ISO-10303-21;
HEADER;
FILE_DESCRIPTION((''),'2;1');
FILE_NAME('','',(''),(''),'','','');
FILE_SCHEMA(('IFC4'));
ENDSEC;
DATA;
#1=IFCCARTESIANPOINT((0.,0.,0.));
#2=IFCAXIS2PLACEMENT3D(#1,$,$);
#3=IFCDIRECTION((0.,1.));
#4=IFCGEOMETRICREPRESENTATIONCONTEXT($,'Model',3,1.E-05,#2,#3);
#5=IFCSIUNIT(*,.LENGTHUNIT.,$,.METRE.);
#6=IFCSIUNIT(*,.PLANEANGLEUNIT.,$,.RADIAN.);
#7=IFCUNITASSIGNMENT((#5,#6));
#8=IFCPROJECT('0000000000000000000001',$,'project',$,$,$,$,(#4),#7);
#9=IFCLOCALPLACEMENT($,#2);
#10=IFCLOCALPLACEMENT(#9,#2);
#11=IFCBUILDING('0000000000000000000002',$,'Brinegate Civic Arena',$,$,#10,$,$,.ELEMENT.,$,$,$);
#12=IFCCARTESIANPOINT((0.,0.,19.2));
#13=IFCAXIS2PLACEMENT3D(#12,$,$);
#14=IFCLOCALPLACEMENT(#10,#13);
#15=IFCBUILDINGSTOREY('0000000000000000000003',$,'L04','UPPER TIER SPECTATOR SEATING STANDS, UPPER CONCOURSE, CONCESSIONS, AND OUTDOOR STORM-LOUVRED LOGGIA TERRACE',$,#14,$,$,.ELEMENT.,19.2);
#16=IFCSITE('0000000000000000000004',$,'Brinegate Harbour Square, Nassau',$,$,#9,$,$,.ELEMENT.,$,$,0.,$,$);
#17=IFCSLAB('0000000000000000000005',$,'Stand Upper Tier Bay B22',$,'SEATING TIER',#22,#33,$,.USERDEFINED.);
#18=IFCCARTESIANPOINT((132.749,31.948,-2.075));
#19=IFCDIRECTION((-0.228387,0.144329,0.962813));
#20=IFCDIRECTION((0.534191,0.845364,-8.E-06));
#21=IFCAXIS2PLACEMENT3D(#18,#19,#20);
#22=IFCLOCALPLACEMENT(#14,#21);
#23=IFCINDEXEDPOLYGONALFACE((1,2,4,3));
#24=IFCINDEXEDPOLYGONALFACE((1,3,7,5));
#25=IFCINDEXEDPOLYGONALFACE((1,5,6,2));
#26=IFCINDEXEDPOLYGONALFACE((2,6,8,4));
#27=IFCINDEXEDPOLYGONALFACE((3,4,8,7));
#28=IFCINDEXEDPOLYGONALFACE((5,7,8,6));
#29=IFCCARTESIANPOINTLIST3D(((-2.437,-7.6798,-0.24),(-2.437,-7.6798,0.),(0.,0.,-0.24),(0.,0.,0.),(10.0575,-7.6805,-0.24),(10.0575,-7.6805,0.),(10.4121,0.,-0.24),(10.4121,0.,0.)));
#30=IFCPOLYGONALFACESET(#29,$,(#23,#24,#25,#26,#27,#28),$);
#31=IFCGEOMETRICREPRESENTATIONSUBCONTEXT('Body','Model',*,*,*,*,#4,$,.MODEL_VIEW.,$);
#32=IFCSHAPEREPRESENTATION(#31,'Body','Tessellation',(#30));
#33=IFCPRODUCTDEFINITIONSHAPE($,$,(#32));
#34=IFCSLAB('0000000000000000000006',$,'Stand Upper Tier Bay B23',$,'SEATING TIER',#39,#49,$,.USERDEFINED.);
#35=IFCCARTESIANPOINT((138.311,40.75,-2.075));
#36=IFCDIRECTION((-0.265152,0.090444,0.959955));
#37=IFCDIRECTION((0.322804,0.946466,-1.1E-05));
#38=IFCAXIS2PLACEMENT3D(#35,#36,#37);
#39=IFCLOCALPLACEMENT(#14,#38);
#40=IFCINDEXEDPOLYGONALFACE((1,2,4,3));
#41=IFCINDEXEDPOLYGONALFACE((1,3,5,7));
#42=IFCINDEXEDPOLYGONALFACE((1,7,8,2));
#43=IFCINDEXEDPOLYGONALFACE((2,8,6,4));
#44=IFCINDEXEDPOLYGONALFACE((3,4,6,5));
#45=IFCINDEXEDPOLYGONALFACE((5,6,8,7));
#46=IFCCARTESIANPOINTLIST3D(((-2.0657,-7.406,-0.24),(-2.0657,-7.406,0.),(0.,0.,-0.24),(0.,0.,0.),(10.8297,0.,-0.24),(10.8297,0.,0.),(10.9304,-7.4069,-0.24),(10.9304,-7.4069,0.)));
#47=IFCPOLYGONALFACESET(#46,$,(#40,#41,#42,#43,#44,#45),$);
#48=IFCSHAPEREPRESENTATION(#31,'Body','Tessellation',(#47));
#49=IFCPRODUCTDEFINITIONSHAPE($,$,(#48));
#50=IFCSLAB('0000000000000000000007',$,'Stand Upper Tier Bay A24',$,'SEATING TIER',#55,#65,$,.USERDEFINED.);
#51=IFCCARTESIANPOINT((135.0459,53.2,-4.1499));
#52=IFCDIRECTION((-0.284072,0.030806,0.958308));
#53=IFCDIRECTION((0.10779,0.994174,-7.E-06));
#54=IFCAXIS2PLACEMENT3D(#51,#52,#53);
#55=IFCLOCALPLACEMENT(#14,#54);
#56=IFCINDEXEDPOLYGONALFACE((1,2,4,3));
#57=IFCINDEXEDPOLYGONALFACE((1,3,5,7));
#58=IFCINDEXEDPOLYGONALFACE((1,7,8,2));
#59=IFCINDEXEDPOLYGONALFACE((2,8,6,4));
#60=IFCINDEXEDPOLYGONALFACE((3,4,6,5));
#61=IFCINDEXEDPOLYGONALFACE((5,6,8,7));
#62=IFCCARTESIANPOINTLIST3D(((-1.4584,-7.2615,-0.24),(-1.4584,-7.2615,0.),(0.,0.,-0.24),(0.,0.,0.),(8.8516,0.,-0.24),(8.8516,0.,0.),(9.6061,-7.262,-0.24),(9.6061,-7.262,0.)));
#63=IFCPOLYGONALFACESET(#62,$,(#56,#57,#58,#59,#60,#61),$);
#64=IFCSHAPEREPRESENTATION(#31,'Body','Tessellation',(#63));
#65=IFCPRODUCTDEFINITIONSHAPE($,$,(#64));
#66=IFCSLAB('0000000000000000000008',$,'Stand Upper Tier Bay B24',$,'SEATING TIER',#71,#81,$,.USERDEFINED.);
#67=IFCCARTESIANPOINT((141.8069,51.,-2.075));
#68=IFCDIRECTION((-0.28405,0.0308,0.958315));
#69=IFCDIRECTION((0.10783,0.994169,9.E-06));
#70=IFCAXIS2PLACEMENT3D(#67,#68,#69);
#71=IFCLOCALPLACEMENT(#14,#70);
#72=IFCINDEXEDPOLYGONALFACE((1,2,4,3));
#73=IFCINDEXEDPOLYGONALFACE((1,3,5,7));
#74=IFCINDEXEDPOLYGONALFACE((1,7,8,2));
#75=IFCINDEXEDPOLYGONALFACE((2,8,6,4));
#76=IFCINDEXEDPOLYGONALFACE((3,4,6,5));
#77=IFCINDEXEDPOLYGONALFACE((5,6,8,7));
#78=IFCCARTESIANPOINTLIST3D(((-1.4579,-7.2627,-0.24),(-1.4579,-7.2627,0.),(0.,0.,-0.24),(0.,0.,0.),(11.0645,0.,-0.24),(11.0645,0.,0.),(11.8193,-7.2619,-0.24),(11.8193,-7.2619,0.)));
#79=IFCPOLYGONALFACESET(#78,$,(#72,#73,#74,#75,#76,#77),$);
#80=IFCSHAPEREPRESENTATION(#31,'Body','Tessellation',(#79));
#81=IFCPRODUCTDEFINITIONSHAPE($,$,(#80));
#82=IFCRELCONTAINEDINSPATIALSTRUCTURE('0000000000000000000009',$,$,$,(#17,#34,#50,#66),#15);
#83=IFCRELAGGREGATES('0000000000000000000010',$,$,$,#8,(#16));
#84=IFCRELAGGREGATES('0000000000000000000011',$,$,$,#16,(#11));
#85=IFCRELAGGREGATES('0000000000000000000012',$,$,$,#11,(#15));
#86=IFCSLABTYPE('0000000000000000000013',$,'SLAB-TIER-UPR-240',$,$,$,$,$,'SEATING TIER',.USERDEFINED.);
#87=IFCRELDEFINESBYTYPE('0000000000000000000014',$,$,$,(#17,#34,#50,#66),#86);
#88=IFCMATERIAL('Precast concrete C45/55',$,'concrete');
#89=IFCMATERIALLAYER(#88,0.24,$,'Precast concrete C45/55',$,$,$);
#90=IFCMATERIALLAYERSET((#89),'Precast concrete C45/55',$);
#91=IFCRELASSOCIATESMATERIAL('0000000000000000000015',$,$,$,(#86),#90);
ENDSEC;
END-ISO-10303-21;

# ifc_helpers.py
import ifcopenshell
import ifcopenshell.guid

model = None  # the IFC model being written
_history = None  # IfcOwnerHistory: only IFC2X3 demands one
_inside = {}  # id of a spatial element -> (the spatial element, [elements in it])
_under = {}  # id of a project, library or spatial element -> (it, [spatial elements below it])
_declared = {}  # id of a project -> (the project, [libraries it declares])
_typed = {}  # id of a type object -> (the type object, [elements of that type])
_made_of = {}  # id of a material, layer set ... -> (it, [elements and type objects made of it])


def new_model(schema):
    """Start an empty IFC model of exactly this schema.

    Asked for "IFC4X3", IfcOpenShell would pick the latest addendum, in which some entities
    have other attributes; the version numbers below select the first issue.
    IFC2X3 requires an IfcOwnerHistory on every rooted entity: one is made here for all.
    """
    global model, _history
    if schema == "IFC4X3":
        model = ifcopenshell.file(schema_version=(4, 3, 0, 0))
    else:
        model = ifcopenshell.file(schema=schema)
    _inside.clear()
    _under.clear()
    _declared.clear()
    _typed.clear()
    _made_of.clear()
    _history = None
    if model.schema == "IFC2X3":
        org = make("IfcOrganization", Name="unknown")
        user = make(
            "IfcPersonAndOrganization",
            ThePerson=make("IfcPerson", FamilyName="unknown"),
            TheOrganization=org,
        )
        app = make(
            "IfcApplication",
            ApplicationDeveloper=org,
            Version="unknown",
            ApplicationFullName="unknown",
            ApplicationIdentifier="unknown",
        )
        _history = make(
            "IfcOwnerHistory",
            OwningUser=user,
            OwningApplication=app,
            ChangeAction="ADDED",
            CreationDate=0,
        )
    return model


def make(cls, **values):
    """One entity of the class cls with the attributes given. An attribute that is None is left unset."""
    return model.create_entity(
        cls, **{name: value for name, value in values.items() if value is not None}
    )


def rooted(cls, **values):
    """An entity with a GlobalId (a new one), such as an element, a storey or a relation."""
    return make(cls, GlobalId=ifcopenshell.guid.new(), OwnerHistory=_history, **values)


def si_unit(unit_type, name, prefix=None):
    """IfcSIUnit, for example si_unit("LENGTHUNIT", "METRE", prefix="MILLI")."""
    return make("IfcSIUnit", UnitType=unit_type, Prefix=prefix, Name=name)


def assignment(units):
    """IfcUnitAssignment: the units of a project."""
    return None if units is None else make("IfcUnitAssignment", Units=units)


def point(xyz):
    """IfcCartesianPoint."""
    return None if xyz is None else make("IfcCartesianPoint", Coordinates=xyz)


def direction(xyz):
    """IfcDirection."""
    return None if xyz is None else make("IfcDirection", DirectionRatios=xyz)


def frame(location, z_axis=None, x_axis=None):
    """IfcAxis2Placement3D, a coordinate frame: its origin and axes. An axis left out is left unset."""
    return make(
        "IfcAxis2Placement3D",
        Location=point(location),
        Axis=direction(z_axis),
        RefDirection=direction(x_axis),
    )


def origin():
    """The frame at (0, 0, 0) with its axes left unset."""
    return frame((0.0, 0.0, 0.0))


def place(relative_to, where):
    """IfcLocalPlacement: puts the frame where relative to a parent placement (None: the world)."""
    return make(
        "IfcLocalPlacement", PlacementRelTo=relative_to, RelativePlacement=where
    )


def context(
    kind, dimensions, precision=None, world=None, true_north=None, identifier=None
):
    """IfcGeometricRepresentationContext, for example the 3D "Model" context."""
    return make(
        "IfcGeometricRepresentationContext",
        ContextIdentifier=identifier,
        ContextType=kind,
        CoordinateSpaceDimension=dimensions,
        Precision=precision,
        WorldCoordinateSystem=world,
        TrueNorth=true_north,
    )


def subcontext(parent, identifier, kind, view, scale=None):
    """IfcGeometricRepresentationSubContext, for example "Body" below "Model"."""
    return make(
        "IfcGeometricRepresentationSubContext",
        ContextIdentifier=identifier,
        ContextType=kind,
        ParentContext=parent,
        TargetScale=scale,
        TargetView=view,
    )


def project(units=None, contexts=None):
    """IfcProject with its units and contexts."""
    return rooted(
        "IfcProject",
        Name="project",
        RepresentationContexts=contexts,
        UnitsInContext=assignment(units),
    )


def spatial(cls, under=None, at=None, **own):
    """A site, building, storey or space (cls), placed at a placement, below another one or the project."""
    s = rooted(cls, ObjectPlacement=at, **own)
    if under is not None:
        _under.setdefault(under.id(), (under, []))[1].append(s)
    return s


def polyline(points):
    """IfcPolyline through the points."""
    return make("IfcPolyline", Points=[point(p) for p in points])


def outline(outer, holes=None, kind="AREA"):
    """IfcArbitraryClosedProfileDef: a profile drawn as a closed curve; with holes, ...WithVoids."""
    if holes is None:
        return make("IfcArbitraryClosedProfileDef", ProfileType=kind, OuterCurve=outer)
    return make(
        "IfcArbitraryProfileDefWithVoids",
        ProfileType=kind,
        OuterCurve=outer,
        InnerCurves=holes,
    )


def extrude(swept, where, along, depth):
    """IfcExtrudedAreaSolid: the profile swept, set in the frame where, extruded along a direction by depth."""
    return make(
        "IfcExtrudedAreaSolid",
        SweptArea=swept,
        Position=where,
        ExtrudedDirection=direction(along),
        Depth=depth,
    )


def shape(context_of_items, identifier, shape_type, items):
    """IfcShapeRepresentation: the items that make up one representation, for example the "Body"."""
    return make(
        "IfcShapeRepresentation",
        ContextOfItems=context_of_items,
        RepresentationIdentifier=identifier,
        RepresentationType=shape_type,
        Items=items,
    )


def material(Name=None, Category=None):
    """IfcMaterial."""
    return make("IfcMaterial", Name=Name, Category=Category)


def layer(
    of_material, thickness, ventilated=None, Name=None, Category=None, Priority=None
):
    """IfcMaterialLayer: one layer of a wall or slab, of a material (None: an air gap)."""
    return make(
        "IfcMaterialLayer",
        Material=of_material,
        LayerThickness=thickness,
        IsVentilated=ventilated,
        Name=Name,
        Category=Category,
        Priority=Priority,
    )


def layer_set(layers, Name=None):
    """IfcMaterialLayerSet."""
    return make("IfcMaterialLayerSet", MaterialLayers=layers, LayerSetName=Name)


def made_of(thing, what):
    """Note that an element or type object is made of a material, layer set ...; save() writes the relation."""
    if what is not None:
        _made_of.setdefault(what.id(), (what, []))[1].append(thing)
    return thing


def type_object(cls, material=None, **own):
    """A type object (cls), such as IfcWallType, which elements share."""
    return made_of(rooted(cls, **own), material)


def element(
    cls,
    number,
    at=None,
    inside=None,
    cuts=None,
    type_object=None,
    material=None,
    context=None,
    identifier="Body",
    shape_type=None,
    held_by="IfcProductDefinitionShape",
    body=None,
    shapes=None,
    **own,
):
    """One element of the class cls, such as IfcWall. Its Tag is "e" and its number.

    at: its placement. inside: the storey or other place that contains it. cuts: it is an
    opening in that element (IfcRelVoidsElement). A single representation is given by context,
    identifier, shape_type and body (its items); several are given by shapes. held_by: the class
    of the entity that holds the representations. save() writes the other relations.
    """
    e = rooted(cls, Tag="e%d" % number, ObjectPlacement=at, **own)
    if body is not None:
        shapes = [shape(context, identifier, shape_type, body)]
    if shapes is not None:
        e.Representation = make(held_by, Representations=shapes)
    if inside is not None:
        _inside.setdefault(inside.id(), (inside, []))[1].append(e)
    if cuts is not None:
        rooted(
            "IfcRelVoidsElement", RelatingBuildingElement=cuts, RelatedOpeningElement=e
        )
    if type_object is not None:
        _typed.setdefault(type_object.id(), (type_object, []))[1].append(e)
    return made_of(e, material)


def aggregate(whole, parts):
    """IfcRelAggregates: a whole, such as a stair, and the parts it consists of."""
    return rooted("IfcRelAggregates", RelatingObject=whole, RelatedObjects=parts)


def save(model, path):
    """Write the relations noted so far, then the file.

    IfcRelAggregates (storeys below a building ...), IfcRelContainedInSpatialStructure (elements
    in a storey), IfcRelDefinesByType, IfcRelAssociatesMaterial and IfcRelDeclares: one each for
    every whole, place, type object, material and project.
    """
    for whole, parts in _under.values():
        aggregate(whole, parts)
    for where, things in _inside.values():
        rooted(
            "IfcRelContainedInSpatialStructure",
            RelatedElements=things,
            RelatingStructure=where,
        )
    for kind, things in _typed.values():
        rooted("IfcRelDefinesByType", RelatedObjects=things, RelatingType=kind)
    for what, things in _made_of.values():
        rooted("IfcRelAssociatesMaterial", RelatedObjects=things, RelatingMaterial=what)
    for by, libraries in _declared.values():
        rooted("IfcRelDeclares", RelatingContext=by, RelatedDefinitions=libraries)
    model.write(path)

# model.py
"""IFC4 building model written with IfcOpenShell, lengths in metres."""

from ifc_helpers import new_model, si_unit, direction, frame, origin, place, context, subcontext, project, spatial, polyline, outline, extrude, material, layer, layer_set, type_object, element, save


model = new_model("IFC4")

# Units and contexts
model_context = context("Model", 3, precision=1e-05, world=origin(), true_north=direction((0.0, 1.0)))
body_context = subcontext(model_context, "Body", "Model", "MODEL_VIEW")
ifc_project = project(units=[si_unit("LENGTHUNIT", "METRE"), si_unit("PLANEANGLEUNIT", "RADIAN")], contexts=[model_context])

# Site, building, storey
site_placement = place(None, origin())
site = spatial("IfcSite", under=ifc_project, at=site_placement, Name="Brinegate Harbour Square, Nassau", CompositionType="ELEMENT", RefElevation=0.0)
building_placement = place(site_placement, origin())
building = spatial("IfcBuilding", under=site, at=building_placement, Name="Brinegate Civic Arena", CompositionType="ELEMENT")
storey_placement = place(building_placement, frame((0.0, 0.0, 19.2)))
storey = spatial("IfcBuildingStorey", under=building, at=storey_placement, Name="L04", Description="UPPER TIER SPECTATOR SEATING STANDS, UPPER CONCOURSE, CONCESSIONS, AND OUTDOOR STORM-LOUVRED LOGGIA TERRACE", CompositionType="ELEMENT", Elevation=19.2)

# Slabs
ifc_material_1 = material(Name="Precast concrete C45/55", Category="concrete")
ifc_layer_1 = layer(ifc_material_1, 0.24, Name="Precast concrete C45/55")
ifc_layer_set_1 = layer_set([ifc_layer_1], Name="Precast concrete C45/55")
slab_type = type_object("IfcSlabType", Name="SLAB-TIER-UPR-240", ElementType="SEATING TIER", PredefinedType="USERDEFINED", material=ifc_layer_set_1)
slab_1_placement = place(storey_placement, frame((132.749, 31.948, -2.075), z_axis=(-0.228387, 0.144329, 0.962813), x_axis=(0.534191, 0.845364, -0.000008)))
element("IfcSlab", 1, at=slab_1_placement, inside=storey, type_object=slab_type, Name="Stand Upper Tier Bay B22", ObjectType="SEATING TIER", PredefinedType="USERDEFINED", context=body_context, shape_type="SweptSolid", body=[
    extrude(outline(polyline([(0.0, 0.0), (10.4121, 0.0), (10.0575, -7.6805), (-2.437, -7.6798), (0.0, 0.0)])), origin(), (0.0, 0.0, -1.0), 0.24),
])
slab_2_placement = place(storey_placement, frame((138.311, 40.75, -2.075), z_axis=(-0.265152, 0.090444, 0.959955), x_axis=(0.322804, 0.946466, -0.000011)))
element("IfcSlab", 2, at=slab_2_placement, inside=storey, type_object=slab_type, Name="Stand Upper Tier Bay B23", ObjectType="SEATING TIER", PredefinedType="USERDEFINED", context=body_context, shape_type="SweptSolid", body=[
    extrude(outline(polyline([(0.0, 0.0), (10.8297, 0.0), (10.9304, -7.4069), (-2.0657, -7.406), (0.0, 0.0)])), origin(), (0.0, 0.0, -1.0), 0.24),
])
slab_3_placement = place(storey_placement, frame((135.0459, 53.2, -4.1499), z_axis=(-0.284072, 0.030806, 0.958308), x_axis=(0.10779, 0.994174, -0.000007)))
element("IfcSlab", 3, at=slab_3_placement, inside=storey, type_object=slab_type, Name="Stand Upper Tier Bay A24", ObjectType="SEATING TIER", PredefinedType="USERDEFINED", context=body_context, shape_type="SweptSolid", body=[
    extrude(outline(polyline([(0.0, 0.0), (8.8516, 0.0), (9.6061, -7.262), (-1.4584, -7.2615), (0.0, 0.0)])), origin(), (0.0, 0.0, -1.0), 0.24),
])
slab_4_placement = place(storey_placement, frame((141.8069, 51.0, -2.075), z_axis=(-0.28405, 0.0308, 0.958315), x_axis=(0.10783, 0.994169, 0.000009)))
element("IfcSlab", 4, at=slab_4_placement, inside=storey, type_object=slab_type, Name="Stand Upper Tier Bay B24", ObjectType="SEATING TIER", PredefinedType="USERDEFINED", context=body_context, shape_type="SweptSolid", body=[
    extrude(outline(polyline([(0.0, 0.0), (11.0645, 0.0), (11.8193, -7.2619), (-1.4579, -7.2627), (0.0, 0.0)])), origin(), (0.0, 0.0, -1.0), 0.24),
])

save(model, "model.ifc")
